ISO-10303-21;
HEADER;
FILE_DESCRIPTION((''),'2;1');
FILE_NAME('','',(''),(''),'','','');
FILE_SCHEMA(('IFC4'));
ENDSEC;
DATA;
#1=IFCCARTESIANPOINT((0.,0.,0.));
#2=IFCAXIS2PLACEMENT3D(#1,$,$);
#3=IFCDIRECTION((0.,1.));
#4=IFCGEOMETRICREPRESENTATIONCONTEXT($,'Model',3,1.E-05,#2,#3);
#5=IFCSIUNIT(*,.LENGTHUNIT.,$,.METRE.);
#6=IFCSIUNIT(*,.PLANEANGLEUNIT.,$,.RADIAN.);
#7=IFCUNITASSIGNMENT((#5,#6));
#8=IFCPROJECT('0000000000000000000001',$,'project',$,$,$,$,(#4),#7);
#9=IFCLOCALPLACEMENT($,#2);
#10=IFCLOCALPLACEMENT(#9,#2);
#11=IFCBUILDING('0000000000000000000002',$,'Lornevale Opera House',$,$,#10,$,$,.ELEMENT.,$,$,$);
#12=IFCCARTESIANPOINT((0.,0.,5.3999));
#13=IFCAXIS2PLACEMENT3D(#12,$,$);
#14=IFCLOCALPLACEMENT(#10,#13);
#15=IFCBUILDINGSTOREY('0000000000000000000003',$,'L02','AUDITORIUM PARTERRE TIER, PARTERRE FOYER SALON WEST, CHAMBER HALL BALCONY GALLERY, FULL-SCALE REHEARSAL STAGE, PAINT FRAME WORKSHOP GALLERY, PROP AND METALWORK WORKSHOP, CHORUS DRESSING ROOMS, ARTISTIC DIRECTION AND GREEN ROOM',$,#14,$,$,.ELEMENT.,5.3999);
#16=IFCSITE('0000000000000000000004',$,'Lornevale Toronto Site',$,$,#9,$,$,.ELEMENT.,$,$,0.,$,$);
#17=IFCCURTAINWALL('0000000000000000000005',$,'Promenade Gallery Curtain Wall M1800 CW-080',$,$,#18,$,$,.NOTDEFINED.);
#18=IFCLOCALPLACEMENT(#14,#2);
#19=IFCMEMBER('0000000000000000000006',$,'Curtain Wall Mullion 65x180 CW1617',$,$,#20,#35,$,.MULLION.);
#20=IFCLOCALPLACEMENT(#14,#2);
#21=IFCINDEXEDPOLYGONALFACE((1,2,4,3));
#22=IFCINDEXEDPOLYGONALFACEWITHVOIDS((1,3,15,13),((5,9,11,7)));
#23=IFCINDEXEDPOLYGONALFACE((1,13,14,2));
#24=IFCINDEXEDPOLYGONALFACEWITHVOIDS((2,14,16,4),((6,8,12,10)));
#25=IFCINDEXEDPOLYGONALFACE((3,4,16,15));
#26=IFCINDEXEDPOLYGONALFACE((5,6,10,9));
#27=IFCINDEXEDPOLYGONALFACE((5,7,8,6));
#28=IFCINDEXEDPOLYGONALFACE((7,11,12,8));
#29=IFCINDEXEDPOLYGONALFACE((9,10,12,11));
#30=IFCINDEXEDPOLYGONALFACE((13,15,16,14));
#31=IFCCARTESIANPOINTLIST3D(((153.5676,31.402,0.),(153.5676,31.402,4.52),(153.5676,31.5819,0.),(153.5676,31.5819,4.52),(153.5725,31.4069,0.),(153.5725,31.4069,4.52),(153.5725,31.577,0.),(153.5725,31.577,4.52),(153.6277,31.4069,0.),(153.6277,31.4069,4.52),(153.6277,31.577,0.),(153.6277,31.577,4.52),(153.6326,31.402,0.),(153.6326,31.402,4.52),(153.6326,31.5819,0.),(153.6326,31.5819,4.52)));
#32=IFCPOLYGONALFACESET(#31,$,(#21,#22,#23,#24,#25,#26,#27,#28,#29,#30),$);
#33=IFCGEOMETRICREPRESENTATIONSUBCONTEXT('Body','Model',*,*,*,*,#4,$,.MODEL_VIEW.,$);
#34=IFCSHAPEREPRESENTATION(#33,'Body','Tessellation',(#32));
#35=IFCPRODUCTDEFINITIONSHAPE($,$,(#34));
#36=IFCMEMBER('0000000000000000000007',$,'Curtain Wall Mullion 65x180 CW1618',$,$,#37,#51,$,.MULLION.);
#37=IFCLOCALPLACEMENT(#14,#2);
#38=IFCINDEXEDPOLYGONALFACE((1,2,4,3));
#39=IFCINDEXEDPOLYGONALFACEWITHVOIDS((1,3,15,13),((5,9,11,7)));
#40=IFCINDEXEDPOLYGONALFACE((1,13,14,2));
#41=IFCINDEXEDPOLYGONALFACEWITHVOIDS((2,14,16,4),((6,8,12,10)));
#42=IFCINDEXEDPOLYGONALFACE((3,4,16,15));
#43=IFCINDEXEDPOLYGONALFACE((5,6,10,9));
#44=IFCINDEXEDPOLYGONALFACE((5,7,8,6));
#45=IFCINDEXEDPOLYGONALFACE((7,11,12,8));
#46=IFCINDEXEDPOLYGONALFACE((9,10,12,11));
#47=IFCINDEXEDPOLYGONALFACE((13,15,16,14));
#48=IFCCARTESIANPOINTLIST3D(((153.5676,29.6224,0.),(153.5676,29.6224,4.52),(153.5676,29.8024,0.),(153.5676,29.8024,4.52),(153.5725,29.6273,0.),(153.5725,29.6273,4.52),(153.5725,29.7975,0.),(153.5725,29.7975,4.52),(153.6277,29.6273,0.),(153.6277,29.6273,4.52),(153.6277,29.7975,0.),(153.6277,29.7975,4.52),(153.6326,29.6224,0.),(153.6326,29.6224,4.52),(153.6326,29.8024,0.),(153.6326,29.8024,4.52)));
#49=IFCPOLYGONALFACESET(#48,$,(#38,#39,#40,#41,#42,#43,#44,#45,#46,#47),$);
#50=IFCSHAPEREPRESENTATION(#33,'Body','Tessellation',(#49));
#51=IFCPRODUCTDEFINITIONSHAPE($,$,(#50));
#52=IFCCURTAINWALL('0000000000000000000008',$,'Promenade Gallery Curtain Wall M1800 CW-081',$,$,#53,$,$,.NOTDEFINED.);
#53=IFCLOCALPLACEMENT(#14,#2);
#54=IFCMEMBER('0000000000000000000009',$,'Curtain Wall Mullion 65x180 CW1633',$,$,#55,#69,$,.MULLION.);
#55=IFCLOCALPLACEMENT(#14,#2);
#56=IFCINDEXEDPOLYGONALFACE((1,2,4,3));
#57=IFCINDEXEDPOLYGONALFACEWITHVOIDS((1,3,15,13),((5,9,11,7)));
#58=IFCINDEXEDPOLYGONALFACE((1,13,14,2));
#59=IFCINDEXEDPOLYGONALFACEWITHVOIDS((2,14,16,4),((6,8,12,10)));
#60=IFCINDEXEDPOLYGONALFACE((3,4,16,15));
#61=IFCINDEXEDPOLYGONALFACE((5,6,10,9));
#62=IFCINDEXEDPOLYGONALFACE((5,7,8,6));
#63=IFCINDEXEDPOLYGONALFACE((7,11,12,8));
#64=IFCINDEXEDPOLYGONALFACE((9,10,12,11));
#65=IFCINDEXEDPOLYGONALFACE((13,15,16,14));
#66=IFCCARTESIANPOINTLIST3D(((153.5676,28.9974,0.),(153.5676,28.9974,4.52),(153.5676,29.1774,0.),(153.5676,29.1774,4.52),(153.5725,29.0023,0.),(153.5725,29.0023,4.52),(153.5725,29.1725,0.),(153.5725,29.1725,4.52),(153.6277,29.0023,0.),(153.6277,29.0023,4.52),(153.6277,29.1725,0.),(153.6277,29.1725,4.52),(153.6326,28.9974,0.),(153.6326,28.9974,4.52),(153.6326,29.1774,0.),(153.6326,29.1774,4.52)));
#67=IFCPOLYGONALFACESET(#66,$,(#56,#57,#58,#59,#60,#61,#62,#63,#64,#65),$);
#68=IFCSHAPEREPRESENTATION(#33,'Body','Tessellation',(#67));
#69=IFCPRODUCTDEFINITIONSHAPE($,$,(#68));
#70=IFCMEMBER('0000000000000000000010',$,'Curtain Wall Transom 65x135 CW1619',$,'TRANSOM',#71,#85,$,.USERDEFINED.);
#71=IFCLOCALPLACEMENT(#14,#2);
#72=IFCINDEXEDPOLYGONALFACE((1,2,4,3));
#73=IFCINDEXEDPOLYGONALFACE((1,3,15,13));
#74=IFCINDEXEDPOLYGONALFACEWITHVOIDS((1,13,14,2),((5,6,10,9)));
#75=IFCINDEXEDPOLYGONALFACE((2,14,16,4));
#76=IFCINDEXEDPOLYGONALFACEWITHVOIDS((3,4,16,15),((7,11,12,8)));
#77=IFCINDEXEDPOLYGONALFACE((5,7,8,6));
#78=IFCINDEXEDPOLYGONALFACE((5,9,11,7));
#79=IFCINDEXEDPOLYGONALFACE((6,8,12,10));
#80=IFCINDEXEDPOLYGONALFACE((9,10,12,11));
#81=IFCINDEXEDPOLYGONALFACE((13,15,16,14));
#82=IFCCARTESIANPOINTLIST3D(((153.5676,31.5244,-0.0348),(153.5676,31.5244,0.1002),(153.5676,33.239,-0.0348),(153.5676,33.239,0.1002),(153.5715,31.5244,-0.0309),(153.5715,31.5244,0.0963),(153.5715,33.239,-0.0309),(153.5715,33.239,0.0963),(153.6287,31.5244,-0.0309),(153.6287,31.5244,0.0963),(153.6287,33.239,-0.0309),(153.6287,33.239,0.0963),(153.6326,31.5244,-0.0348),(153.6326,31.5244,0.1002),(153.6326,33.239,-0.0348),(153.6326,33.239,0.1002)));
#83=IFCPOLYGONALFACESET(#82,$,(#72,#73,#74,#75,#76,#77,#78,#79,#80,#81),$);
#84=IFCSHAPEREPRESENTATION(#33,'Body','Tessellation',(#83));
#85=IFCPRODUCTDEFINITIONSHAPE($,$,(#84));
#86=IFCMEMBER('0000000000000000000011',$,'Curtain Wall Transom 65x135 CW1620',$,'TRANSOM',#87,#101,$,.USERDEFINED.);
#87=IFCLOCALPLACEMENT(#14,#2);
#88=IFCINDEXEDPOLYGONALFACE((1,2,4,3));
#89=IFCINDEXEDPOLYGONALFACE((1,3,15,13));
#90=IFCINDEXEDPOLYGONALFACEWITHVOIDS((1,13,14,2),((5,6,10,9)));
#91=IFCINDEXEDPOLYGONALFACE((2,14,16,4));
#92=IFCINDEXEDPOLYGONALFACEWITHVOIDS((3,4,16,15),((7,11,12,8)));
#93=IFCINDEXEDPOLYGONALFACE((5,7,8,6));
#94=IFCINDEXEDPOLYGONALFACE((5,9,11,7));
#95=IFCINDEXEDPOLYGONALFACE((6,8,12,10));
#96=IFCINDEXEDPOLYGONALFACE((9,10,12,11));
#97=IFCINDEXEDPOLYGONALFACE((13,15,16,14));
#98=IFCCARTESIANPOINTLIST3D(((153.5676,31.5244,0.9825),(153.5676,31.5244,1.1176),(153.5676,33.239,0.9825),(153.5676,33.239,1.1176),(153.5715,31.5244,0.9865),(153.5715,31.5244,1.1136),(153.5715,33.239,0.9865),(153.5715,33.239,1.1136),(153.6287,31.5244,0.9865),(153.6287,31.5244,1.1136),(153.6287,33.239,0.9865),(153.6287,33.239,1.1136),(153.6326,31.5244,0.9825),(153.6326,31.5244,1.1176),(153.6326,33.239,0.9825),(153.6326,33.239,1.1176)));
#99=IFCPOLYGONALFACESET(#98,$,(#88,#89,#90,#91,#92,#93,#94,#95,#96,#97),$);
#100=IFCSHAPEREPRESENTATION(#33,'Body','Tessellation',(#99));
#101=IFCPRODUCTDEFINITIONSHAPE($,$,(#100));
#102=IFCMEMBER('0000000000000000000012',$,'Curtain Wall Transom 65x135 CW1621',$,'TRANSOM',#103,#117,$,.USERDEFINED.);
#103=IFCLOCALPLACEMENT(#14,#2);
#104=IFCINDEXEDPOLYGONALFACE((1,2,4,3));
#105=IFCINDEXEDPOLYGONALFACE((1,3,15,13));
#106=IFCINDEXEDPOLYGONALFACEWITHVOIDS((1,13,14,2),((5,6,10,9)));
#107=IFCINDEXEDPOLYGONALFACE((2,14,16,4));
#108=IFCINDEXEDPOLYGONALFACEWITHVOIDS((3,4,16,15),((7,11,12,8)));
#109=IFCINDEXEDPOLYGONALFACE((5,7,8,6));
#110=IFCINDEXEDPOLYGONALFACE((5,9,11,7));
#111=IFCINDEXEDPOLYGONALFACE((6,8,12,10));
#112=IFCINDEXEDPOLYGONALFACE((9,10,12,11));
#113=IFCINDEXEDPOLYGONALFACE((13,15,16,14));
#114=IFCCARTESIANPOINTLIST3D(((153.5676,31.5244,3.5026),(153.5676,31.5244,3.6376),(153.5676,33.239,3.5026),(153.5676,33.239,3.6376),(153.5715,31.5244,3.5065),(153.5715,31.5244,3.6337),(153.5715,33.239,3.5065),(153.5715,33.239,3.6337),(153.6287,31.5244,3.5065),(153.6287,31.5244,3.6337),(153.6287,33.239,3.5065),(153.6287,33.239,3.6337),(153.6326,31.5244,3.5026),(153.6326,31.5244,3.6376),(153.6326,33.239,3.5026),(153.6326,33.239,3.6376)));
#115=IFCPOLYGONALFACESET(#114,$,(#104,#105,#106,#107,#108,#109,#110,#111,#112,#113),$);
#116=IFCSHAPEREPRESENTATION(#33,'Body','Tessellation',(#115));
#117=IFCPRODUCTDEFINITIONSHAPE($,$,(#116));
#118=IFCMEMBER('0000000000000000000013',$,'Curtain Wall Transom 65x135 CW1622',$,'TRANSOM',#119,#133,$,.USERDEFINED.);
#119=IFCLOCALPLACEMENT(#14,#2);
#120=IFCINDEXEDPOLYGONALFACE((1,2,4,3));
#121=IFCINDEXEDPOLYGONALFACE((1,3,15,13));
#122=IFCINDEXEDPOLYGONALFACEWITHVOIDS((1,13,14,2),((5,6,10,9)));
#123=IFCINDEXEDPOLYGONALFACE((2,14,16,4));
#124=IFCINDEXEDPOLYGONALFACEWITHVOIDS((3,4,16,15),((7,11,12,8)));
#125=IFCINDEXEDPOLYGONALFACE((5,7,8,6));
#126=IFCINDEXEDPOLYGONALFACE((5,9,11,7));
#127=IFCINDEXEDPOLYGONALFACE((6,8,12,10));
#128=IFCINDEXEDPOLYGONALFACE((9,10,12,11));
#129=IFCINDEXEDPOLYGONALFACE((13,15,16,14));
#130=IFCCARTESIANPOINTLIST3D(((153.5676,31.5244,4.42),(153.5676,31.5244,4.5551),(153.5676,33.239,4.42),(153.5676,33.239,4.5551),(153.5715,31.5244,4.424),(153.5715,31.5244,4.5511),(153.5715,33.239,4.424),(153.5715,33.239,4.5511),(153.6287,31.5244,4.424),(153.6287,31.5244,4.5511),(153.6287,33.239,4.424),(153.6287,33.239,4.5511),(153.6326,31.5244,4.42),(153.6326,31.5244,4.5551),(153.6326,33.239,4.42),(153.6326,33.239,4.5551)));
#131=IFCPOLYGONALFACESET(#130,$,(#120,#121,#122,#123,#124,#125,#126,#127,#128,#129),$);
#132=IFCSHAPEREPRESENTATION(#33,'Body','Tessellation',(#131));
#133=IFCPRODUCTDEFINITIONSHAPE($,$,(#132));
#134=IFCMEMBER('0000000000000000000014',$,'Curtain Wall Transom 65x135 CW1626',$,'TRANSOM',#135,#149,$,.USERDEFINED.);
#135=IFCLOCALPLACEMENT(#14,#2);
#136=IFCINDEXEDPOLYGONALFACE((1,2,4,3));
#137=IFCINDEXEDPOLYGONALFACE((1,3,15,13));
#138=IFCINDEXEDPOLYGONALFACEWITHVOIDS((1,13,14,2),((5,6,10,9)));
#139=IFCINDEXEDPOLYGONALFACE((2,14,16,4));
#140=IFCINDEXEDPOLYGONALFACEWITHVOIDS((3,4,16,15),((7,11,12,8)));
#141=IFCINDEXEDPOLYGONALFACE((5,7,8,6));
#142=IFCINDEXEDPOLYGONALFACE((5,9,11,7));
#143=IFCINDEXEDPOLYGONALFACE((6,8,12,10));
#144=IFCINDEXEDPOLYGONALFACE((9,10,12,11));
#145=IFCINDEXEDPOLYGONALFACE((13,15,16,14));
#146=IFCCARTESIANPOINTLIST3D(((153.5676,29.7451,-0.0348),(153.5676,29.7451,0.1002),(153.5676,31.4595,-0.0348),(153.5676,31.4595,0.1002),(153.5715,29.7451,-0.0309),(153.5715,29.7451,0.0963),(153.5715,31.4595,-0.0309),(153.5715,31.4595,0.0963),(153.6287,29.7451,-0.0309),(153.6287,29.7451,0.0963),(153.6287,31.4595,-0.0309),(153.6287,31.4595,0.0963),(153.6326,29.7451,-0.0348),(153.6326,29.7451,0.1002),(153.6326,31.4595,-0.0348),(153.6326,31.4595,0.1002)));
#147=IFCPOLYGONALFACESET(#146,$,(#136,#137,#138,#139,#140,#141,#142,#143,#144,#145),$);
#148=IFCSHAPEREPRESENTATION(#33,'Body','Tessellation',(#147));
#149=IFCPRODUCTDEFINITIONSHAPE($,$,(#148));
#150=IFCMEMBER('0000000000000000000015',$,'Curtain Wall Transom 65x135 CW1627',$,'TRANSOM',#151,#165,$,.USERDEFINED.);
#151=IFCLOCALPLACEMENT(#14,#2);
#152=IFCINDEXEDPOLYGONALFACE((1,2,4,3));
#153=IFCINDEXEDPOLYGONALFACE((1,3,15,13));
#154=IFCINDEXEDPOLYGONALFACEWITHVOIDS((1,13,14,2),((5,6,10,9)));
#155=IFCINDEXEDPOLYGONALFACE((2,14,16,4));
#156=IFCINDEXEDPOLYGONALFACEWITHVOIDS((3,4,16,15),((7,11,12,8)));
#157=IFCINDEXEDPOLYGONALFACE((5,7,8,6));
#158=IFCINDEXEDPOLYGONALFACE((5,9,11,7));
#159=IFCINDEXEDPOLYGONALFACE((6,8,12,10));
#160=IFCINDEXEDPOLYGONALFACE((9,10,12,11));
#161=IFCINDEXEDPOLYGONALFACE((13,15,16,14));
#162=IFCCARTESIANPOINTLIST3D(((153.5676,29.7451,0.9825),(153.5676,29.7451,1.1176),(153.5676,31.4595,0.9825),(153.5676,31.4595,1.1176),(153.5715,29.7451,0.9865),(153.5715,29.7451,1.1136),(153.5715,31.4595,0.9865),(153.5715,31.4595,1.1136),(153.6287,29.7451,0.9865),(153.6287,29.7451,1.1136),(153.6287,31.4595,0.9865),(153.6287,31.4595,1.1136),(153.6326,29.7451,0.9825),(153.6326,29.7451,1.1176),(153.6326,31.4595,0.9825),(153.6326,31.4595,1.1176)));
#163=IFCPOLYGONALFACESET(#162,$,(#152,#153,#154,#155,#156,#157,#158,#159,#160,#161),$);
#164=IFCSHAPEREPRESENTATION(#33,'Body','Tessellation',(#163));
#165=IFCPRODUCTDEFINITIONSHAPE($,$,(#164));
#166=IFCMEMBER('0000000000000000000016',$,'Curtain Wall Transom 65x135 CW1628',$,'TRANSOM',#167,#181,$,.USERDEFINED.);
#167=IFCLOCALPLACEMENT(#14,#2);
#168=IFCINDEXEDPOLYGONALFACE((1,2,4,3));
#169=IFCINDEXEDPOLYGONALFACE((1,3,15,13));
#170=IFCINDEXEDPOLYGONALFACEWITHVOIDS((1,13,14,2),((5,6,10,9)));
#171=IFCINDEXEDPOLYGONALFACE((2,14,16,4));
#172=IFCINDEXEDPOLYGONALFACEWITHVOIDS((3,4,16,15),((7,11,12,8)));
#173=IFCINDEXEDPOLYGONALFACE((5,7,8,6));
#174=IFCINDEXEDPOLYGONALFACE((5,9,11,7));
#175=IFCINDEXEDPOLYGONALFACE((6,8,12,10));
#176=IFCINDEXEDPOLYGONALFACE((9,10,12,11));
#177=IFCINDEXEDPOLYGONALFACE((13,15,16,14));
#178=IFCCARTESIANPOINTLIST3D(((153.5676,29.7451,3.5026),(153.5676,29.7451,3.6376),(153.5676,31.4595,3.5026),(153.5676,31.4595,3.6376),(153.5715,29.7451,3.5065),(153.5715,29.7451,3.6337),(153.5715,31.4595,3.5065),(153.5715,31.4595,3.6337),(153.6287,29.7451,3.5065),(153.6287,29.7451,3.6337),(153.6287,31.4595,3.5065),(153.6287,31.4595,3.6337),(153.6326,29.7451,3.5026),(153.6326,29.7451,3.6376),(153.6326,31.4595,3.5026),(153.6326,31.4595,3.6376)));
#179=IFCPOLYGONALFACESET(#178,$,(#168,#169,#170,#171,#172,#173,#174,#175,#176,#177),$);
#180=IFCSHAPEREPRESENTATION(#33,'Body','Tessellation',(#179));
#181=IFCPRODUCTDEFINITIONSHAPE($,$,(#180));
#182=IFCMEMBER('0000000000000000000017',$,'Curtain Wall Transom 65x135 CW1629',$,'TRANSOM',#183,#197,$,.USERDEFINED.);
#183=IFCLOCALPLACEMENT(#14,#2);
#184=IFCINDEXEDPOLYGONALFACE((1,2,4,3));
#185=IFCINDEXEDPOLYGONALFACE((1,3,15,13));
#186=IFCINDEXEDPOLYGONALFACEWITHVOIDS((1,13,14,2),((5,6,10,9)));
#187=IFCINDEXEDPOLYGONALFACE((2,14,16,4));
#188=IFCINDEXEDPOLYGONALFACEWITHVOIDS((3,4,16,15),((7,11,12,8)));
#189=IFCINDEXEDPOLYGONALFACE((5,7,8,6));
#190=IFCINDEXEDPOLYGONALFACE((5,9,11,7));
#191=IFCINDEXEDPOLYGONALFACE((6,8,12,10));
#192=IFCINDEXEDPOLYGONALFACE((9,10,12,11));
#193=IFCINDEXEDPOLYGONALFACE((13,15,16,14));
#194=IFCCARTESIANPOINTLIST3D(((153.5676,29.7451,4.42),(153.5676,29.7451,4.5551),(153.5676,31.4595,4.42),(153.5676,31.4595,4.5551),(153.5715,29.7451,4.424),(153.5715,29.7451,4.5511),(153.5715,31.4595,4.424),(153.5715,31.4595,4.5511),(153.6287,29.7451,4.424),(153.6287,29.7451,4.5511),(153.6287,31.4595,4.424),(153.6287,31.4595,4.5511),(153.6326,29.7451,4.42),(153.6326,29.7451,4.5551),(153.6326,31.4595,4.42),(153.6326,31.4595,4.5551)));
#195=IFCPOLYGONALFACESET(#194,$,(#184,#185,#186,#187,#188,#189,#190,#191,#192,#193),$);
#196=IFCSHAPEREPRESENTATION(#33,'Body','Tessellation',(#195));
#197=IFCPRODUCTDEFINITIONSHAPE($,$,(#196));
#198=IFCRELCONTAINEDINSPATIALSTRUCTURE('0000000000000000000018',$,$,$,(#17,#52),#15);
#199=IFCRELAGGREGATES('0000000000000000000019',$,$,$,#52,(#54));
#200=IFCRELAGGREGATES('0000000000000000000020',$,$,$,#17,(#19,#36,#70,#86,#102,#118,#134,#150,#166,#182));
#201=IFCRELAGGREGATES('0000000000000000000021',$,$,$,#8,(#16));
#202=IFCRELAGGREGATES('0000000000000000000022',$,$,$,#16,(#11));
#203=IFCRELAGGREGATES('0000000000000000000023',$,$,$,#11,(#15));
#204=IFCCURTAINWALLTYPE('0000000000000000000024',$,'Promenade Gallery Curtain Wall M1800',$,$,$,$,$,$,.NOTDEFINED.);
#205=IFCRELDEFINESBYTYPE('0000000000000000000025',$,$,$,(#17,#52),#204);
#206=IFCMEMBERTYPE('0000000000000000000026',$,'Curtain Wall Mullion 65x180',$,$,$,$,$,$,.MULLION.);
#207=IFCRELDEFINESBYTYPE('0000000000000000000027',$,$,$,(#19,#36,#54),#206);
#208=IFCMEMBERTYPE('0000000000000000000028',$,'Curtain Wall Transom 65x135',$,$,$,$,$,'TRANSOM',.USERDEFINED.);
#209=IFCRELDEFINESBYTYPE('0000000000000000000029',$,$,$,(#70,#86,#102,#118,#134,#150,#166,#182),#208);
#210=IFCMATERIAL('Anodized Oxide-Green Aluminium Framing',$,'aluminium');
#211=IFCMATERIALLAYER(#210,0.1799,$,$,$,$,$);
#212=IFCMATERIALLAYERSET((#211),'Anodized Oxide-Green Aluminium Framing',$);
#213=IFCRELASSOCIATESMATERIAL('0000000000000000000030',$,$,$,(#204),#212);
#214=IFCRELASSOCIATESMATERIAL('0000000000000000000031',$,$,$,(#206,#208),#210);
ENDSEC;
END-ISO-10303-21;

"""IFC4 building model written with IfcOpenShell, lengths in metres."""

from ifc_helpers import new_model, si_unit, direction, frame, origin, origin_2d, place, context, subcontext, project, spatial, hollow_rectangle, extrude, material, layer, layer_set, material_profile, profile_set, type_object, element, aggregate, save


model = new_model("IFC4")

# Units and contexts
model_context = context("Model", 3, precision=1e-05, world=origin(), true_north=direction((0.0, 1.0)))
body_context = subcontext(model_context, "Body", "Model", "MODEL_VIEW")
ifc_project = project(units=[si_unit("LENGTHUNIT", "METRE"), si_unit("PLANEANGLEUNIT", "RADIAN")], contexts=[model_context])

# Site, building, storey
site_placement = place(None, origin())
site = spatial("IfcSite", under=ifc_project, at=site_placement, Name="Lornevale Toronto Site", CompositionType="ELEMENT", RefElevation=0.0)
building_placement = place(site_placement, origin())
building = spatial("IfcBuilding", under=site, at=building_placement, Name="Lornevale Opera House", CompositionType="ELEMENT")
storey_placement = place(building_placement, frame((0.0, 0.0, 5.3999)))
storey = spatial("IfcBuildingStorey", under=building, at=storey_placement, Name="L02", Description="AUDITORIUM PARTERRE TIER, PARTERRE FOYER SALON WEST, CHAMBER HALL BALCONY GALLERY, FULL-SCALE REHEARSAL STAGE, PAINT FRAME WORKSHOP GALLERY, PROP AND METALWORK WORKSHOP, CHORUS DRESSING ROOMS, ARTISTIC DIRECTION AND GREEN ROOM", CompositionType="ELEMENT", Elevation=5.3999)

# Curtain wall, members
ifc_material_1 = material(Name="Anodized Oxide-Green Aluminium Framing", Category="aluminium")
ifc_layer_1 = layer(ifc_material_1, 0.1799)
ifc_layer_set_1 = layer_set([ifc_layer_1], Name="Anodized Oxide-Green Aluminium Framing")
curtain_wall_type = type_object("IfcCurtainWallType", Name="Promenade Gallery Curtain Wall M1800", PredefinedType="NOTDEFINED", material=ifc_layer_set_1)
curtain_wall_1_placement = place(storey_placement, origin())
curtain_wall_1 = element("IfcCurtainWall", 1, at=curtain_wall_1_placement, inside=storey, type_object=curtain_wall_type, Name="Promenade Gallery Curtain Wall M1800 CW-080", PredefinedType="NOTDEFINED")
ifc_material_profile_1 = material_profile(ifc_material_1, hollow_rectangle(XDim=0.0649, YDim=0.1799, WallThickness=0.0049, at=origin_2d()), Name="ALU65x180x5")
ifc_profile_set_1 = profile_set([ifc_material_profile_1], Name="Anodized Oxide-Green Aluminium Framing")
member_type_1 = type_object("IfcMemberType", Name="Curtain Wall Mullion 65x180", PredefinedType="MULLION", material=ifc_profile_set_1)
member_1_placement = place(storey_placement, frame((153.6001, 31.4919, 0.0), z_axis=(0.0, 0.0, 1.0), x_axis=(1.0, 0.0, 0.0)))
member_1 = element("IfcMember", 2, at=member_1_placement, type_object=member_type_1, Name="Curtain Wall Mullion 65x180 CW1617", PredefinedType="MULLION", context=body_context, shape_type="SweptSolid", body=[
    extrude(hollow_rectangle(XDim=0.0649, YDim=0.1799, WallThickness=0.0049, at=origin_2d()), origin(), (0.0, 0.0, 1.0), 4.52),
])
member_2_placement = place(storey_placement, frame((153.6001, 29.7124, 0.0), z_axis=(0.0, 0.0, 1.0), x_axis=(1.0, 0.0, 0.0)))
member_2 = element("IfcMember", 3, at=member_2_placement, type_object=member_type_1, Name="Curtain Wall Mullion 65x180 CW1618", PredefinedType="MULLION", context=body_context, shape_type="SweptSolid", body=[
    extrude(hollow_rectangle(XDim=0.0649, YDim=0.1799, WallThickness=0.0049, at=origin_2d()), origin(), (0.0, 0.0, 1.0), 4.52),
])

# Curtain wall, member
curtain_wall_2_placement = place(storey_placement, origin())
curtain_wall_2 = element("IfcCurtainWall", 4, at=curtain_wall_2_placement, inside=storey, type_object=curtain_wall_type, Name="Promenade Gallery Curtain Wall M1800 CW-081", PredefinedType="NOTDEFINED")
member_3_placement = place(storey_placement, frame((153.6001, 29.0874, 0.0), z_axis=(0.0, 0.0, 1.0), x_axis=(1.0, 0.0, 0.0)))
member_3 = element("IfcMember", 5, at=member_3_placement, type_object=member_type_1, Name="Curtain Wall Mullion 65x180 CW1633", PredefinedType="MULLION", context=body_context, shape_type="SweptSolid", body=[
    extrude(hollow_rectangle(XDim=0.0649, YDim=0.1799, WallThickness=0.0049, at=origin_2d()), origin(), (0.0, 0.0, 1.0), 4.52),
])

# Members
ifc_material_profile_2 = material_profile(ifc_material_1, hollow_rectangle(XDim=0.0649, YDim=0.135, WallThickness=0.0039, at=origin_2d()), Name="ALU65x135x4")
ifc_profile_set_2 = profile_set([ifc_material_profile_2], Name="Anodized Oxide-Green Aluminium Framing")
member_type_2 = type_object("IfcMemberType", Name="Curtain Wall Transom 65x135", ElementType="TRANSOM", PredefinedType="USERDEFINED", material=ifc_profile_set_2)
member_4_placement = place(storey_placement, frame((153.6001, 33.239, 0.0327), z_axis=(0.0, -1.0, 0.0), x_axis=(1.0, 0.0, 0.0)))
member_4 = element("IfcMember", 6, at=member_4_placement, type_object=member_type_2, Name="Curtain Wall Transom 65x135 CW1619", ObjectType="TRANSOM", PredefinedType="USERDEFINED", context=body_context, shape_type="SweptSolid", body=[
    extrude(hollow_rectangle(XDim=0.0649, YDim=0.135, WallThickness=0.0039, at=origin_2d()), origin(), (0.0, 0.0, 1.0), 1.7146),
])
member_5_placement = place(storey_placement, frame((153.6001, 33.239, 1.05), z_axis=(0.0, -1.0, 0.0), x_axis=(1.0, 0.0, 0.0)))
member_5 = element("IfcMember", 7, at=member_5_placement, type_object=member_type_2, Name="Curtain Wall Transom 65x135 CW1620", ObjectType="TRANSOM", PredefinedType="USERDEFINED", context=body_context, shape_type="SweptSolid", body=[
    extrude(hollow_rectangle(XDim=0.0649, YDim=0.135, WallThickness=0.0039, at=origin_2d()), origin(), (0.0, 0.0, 1.0), 1.7146),
])
member_6_placement = place(storey_placement, frame((153.6001, 33.239, 3.5701), z_axis=(0.0, -1.0, 0.0), x_axis=(1.0, 0.0, 0.0)))
member_6 = element("IfcMember", 8, at=member_6_placement, type_object=member_type_2, Name="Curtain Wall Transom 65x135 CW1621", ObjectType="TRANSOM", PredefinedType="USERDEFINED", context=body_context, shape_type="SweptSolid", body=[
    extrude(hollow_rectangle(XDim=0.0649, YDim=0.135, WallThickness=0.0039, at=origin_2d()), origin(), (0.0, 0.0, 1.0), 1.7146),
])
member_7_placement = place(storey_placement, frame((153.6001, 33.239, 4.4875), z_axis=(0.0, -1.0, 0.0), x_axis=(1.0, 0.0, 0.0)))
member_7 = element("IfcMember", 9, at=member_7_placement, type_object=member_type_2, Name="Curtain Wall Transom 65x135 CW1622", ObjectType="TRANSOM", PredefinedType="USERDEFINED", context=body_context, shape_type="SweptSolid", body=[
    extrude(hollow_rectangle(XDim=0.0649, YDim=0.135, WallThickness=0.0039, at=origin_2d()), origin(), (0.0, 0.0, 1.0), 1.7146),
])
member_8_placement = place(storey_placement, frame((153.6001, 31.4595, 0.0327), z_axis=(0.0, -1.0, 0.0), x_axis=(1.0, 0.0, 0.0)))
member_8 = element("IfcMember", 10, at=member_8_placement, type_object=member_type_2, Name="Curtain Wall Transom 65x135 CW1626", ObjectType="TRANSOM", PredefinedType="USERDEFINED", context=body_context, shape_type="SweptSolid", body=[
    extrude(hollow_rectangle(XDim=0.0649, YDim=0.135, WallThickness=0.0039, at=origin_2d()), origin(), (0.0, 0.0, 1.0), 1.7144),
])
member_9_placement = place(storey_placement, frame((153.6001, 31.4595, 1.05), z_axis=(0.0, -1.0, 0.0), x_axis=(1.0, 0.0, 0.0)))
member_9 = element("IfcMember", 11, at=member_9_placement, type_object=member_type_2, Name="Curtain Wall Transom 65x135 CW1627", ObjectType="TRANSOM", PredefinedType="USERDEFINED", context=body_context, shape_type="SweptSolid", body=[
    extrude(hollow_rectangle(XDim=0.0649, YDim=0.135, WallThickness=0.0039, at=origin_2d()), origin(), (0.0, 0.0, 1.0), 1.7144),
])
member_10_placement = place(storey_placement, frame((153.6001, 31.4595, 3.5701), z_axis=(0.0, -1.0, 0.0), x_axis=(1.0, 0.0, 0.0)))
member_10 = element("IfcMember", 12, at=member_10_placement, type_object=member_type_2, Name="Curtain Wall Transom 65x135 CW1628", ObjectType="TRANSOM", PredefinedType="USERDEFINED", context=body_context, shape_type="SweptSolid", body=[
    extrude(hollow_rectangle(XDim=0.0649, YDim=0.135, WallThickness=0.0039, at=origin_2d()), origin(), (0.0, 0.0, 1.0), 1.7144),
])
member_11_placement = place(storey_placement, frame((153.6001, 31.4595, 4.4875), z_axis=(0.0, -1.0, 0.0), x_axis=(1.0, 0.0, 0.0)))
member_11 = element("IfcMember", 13, at=member_11_placement, type_object=member_type_2, Name="Curtain Wall Transom 65x135 CW1629", ObjectType="TRANSOM", PredefinedType="USERDEFINED", context=body_context, shape_type="SweptSolid", body=[
    extrude(hollow_rectangle(XDim=0.0649, YDim=0.135, WallThickness=0.0039, at=origin_2d()), origin(), (0.0, 0.0, 1.0), 1.7144),
])
aggregate(curtain_wall_2, [member_3])

aggregate(curtain_wall_1, [member_1, member_2, member_4, member_5, member_6, member_7, member_8, member_9, member_10, member_11])

save(model, "model.ifc")
